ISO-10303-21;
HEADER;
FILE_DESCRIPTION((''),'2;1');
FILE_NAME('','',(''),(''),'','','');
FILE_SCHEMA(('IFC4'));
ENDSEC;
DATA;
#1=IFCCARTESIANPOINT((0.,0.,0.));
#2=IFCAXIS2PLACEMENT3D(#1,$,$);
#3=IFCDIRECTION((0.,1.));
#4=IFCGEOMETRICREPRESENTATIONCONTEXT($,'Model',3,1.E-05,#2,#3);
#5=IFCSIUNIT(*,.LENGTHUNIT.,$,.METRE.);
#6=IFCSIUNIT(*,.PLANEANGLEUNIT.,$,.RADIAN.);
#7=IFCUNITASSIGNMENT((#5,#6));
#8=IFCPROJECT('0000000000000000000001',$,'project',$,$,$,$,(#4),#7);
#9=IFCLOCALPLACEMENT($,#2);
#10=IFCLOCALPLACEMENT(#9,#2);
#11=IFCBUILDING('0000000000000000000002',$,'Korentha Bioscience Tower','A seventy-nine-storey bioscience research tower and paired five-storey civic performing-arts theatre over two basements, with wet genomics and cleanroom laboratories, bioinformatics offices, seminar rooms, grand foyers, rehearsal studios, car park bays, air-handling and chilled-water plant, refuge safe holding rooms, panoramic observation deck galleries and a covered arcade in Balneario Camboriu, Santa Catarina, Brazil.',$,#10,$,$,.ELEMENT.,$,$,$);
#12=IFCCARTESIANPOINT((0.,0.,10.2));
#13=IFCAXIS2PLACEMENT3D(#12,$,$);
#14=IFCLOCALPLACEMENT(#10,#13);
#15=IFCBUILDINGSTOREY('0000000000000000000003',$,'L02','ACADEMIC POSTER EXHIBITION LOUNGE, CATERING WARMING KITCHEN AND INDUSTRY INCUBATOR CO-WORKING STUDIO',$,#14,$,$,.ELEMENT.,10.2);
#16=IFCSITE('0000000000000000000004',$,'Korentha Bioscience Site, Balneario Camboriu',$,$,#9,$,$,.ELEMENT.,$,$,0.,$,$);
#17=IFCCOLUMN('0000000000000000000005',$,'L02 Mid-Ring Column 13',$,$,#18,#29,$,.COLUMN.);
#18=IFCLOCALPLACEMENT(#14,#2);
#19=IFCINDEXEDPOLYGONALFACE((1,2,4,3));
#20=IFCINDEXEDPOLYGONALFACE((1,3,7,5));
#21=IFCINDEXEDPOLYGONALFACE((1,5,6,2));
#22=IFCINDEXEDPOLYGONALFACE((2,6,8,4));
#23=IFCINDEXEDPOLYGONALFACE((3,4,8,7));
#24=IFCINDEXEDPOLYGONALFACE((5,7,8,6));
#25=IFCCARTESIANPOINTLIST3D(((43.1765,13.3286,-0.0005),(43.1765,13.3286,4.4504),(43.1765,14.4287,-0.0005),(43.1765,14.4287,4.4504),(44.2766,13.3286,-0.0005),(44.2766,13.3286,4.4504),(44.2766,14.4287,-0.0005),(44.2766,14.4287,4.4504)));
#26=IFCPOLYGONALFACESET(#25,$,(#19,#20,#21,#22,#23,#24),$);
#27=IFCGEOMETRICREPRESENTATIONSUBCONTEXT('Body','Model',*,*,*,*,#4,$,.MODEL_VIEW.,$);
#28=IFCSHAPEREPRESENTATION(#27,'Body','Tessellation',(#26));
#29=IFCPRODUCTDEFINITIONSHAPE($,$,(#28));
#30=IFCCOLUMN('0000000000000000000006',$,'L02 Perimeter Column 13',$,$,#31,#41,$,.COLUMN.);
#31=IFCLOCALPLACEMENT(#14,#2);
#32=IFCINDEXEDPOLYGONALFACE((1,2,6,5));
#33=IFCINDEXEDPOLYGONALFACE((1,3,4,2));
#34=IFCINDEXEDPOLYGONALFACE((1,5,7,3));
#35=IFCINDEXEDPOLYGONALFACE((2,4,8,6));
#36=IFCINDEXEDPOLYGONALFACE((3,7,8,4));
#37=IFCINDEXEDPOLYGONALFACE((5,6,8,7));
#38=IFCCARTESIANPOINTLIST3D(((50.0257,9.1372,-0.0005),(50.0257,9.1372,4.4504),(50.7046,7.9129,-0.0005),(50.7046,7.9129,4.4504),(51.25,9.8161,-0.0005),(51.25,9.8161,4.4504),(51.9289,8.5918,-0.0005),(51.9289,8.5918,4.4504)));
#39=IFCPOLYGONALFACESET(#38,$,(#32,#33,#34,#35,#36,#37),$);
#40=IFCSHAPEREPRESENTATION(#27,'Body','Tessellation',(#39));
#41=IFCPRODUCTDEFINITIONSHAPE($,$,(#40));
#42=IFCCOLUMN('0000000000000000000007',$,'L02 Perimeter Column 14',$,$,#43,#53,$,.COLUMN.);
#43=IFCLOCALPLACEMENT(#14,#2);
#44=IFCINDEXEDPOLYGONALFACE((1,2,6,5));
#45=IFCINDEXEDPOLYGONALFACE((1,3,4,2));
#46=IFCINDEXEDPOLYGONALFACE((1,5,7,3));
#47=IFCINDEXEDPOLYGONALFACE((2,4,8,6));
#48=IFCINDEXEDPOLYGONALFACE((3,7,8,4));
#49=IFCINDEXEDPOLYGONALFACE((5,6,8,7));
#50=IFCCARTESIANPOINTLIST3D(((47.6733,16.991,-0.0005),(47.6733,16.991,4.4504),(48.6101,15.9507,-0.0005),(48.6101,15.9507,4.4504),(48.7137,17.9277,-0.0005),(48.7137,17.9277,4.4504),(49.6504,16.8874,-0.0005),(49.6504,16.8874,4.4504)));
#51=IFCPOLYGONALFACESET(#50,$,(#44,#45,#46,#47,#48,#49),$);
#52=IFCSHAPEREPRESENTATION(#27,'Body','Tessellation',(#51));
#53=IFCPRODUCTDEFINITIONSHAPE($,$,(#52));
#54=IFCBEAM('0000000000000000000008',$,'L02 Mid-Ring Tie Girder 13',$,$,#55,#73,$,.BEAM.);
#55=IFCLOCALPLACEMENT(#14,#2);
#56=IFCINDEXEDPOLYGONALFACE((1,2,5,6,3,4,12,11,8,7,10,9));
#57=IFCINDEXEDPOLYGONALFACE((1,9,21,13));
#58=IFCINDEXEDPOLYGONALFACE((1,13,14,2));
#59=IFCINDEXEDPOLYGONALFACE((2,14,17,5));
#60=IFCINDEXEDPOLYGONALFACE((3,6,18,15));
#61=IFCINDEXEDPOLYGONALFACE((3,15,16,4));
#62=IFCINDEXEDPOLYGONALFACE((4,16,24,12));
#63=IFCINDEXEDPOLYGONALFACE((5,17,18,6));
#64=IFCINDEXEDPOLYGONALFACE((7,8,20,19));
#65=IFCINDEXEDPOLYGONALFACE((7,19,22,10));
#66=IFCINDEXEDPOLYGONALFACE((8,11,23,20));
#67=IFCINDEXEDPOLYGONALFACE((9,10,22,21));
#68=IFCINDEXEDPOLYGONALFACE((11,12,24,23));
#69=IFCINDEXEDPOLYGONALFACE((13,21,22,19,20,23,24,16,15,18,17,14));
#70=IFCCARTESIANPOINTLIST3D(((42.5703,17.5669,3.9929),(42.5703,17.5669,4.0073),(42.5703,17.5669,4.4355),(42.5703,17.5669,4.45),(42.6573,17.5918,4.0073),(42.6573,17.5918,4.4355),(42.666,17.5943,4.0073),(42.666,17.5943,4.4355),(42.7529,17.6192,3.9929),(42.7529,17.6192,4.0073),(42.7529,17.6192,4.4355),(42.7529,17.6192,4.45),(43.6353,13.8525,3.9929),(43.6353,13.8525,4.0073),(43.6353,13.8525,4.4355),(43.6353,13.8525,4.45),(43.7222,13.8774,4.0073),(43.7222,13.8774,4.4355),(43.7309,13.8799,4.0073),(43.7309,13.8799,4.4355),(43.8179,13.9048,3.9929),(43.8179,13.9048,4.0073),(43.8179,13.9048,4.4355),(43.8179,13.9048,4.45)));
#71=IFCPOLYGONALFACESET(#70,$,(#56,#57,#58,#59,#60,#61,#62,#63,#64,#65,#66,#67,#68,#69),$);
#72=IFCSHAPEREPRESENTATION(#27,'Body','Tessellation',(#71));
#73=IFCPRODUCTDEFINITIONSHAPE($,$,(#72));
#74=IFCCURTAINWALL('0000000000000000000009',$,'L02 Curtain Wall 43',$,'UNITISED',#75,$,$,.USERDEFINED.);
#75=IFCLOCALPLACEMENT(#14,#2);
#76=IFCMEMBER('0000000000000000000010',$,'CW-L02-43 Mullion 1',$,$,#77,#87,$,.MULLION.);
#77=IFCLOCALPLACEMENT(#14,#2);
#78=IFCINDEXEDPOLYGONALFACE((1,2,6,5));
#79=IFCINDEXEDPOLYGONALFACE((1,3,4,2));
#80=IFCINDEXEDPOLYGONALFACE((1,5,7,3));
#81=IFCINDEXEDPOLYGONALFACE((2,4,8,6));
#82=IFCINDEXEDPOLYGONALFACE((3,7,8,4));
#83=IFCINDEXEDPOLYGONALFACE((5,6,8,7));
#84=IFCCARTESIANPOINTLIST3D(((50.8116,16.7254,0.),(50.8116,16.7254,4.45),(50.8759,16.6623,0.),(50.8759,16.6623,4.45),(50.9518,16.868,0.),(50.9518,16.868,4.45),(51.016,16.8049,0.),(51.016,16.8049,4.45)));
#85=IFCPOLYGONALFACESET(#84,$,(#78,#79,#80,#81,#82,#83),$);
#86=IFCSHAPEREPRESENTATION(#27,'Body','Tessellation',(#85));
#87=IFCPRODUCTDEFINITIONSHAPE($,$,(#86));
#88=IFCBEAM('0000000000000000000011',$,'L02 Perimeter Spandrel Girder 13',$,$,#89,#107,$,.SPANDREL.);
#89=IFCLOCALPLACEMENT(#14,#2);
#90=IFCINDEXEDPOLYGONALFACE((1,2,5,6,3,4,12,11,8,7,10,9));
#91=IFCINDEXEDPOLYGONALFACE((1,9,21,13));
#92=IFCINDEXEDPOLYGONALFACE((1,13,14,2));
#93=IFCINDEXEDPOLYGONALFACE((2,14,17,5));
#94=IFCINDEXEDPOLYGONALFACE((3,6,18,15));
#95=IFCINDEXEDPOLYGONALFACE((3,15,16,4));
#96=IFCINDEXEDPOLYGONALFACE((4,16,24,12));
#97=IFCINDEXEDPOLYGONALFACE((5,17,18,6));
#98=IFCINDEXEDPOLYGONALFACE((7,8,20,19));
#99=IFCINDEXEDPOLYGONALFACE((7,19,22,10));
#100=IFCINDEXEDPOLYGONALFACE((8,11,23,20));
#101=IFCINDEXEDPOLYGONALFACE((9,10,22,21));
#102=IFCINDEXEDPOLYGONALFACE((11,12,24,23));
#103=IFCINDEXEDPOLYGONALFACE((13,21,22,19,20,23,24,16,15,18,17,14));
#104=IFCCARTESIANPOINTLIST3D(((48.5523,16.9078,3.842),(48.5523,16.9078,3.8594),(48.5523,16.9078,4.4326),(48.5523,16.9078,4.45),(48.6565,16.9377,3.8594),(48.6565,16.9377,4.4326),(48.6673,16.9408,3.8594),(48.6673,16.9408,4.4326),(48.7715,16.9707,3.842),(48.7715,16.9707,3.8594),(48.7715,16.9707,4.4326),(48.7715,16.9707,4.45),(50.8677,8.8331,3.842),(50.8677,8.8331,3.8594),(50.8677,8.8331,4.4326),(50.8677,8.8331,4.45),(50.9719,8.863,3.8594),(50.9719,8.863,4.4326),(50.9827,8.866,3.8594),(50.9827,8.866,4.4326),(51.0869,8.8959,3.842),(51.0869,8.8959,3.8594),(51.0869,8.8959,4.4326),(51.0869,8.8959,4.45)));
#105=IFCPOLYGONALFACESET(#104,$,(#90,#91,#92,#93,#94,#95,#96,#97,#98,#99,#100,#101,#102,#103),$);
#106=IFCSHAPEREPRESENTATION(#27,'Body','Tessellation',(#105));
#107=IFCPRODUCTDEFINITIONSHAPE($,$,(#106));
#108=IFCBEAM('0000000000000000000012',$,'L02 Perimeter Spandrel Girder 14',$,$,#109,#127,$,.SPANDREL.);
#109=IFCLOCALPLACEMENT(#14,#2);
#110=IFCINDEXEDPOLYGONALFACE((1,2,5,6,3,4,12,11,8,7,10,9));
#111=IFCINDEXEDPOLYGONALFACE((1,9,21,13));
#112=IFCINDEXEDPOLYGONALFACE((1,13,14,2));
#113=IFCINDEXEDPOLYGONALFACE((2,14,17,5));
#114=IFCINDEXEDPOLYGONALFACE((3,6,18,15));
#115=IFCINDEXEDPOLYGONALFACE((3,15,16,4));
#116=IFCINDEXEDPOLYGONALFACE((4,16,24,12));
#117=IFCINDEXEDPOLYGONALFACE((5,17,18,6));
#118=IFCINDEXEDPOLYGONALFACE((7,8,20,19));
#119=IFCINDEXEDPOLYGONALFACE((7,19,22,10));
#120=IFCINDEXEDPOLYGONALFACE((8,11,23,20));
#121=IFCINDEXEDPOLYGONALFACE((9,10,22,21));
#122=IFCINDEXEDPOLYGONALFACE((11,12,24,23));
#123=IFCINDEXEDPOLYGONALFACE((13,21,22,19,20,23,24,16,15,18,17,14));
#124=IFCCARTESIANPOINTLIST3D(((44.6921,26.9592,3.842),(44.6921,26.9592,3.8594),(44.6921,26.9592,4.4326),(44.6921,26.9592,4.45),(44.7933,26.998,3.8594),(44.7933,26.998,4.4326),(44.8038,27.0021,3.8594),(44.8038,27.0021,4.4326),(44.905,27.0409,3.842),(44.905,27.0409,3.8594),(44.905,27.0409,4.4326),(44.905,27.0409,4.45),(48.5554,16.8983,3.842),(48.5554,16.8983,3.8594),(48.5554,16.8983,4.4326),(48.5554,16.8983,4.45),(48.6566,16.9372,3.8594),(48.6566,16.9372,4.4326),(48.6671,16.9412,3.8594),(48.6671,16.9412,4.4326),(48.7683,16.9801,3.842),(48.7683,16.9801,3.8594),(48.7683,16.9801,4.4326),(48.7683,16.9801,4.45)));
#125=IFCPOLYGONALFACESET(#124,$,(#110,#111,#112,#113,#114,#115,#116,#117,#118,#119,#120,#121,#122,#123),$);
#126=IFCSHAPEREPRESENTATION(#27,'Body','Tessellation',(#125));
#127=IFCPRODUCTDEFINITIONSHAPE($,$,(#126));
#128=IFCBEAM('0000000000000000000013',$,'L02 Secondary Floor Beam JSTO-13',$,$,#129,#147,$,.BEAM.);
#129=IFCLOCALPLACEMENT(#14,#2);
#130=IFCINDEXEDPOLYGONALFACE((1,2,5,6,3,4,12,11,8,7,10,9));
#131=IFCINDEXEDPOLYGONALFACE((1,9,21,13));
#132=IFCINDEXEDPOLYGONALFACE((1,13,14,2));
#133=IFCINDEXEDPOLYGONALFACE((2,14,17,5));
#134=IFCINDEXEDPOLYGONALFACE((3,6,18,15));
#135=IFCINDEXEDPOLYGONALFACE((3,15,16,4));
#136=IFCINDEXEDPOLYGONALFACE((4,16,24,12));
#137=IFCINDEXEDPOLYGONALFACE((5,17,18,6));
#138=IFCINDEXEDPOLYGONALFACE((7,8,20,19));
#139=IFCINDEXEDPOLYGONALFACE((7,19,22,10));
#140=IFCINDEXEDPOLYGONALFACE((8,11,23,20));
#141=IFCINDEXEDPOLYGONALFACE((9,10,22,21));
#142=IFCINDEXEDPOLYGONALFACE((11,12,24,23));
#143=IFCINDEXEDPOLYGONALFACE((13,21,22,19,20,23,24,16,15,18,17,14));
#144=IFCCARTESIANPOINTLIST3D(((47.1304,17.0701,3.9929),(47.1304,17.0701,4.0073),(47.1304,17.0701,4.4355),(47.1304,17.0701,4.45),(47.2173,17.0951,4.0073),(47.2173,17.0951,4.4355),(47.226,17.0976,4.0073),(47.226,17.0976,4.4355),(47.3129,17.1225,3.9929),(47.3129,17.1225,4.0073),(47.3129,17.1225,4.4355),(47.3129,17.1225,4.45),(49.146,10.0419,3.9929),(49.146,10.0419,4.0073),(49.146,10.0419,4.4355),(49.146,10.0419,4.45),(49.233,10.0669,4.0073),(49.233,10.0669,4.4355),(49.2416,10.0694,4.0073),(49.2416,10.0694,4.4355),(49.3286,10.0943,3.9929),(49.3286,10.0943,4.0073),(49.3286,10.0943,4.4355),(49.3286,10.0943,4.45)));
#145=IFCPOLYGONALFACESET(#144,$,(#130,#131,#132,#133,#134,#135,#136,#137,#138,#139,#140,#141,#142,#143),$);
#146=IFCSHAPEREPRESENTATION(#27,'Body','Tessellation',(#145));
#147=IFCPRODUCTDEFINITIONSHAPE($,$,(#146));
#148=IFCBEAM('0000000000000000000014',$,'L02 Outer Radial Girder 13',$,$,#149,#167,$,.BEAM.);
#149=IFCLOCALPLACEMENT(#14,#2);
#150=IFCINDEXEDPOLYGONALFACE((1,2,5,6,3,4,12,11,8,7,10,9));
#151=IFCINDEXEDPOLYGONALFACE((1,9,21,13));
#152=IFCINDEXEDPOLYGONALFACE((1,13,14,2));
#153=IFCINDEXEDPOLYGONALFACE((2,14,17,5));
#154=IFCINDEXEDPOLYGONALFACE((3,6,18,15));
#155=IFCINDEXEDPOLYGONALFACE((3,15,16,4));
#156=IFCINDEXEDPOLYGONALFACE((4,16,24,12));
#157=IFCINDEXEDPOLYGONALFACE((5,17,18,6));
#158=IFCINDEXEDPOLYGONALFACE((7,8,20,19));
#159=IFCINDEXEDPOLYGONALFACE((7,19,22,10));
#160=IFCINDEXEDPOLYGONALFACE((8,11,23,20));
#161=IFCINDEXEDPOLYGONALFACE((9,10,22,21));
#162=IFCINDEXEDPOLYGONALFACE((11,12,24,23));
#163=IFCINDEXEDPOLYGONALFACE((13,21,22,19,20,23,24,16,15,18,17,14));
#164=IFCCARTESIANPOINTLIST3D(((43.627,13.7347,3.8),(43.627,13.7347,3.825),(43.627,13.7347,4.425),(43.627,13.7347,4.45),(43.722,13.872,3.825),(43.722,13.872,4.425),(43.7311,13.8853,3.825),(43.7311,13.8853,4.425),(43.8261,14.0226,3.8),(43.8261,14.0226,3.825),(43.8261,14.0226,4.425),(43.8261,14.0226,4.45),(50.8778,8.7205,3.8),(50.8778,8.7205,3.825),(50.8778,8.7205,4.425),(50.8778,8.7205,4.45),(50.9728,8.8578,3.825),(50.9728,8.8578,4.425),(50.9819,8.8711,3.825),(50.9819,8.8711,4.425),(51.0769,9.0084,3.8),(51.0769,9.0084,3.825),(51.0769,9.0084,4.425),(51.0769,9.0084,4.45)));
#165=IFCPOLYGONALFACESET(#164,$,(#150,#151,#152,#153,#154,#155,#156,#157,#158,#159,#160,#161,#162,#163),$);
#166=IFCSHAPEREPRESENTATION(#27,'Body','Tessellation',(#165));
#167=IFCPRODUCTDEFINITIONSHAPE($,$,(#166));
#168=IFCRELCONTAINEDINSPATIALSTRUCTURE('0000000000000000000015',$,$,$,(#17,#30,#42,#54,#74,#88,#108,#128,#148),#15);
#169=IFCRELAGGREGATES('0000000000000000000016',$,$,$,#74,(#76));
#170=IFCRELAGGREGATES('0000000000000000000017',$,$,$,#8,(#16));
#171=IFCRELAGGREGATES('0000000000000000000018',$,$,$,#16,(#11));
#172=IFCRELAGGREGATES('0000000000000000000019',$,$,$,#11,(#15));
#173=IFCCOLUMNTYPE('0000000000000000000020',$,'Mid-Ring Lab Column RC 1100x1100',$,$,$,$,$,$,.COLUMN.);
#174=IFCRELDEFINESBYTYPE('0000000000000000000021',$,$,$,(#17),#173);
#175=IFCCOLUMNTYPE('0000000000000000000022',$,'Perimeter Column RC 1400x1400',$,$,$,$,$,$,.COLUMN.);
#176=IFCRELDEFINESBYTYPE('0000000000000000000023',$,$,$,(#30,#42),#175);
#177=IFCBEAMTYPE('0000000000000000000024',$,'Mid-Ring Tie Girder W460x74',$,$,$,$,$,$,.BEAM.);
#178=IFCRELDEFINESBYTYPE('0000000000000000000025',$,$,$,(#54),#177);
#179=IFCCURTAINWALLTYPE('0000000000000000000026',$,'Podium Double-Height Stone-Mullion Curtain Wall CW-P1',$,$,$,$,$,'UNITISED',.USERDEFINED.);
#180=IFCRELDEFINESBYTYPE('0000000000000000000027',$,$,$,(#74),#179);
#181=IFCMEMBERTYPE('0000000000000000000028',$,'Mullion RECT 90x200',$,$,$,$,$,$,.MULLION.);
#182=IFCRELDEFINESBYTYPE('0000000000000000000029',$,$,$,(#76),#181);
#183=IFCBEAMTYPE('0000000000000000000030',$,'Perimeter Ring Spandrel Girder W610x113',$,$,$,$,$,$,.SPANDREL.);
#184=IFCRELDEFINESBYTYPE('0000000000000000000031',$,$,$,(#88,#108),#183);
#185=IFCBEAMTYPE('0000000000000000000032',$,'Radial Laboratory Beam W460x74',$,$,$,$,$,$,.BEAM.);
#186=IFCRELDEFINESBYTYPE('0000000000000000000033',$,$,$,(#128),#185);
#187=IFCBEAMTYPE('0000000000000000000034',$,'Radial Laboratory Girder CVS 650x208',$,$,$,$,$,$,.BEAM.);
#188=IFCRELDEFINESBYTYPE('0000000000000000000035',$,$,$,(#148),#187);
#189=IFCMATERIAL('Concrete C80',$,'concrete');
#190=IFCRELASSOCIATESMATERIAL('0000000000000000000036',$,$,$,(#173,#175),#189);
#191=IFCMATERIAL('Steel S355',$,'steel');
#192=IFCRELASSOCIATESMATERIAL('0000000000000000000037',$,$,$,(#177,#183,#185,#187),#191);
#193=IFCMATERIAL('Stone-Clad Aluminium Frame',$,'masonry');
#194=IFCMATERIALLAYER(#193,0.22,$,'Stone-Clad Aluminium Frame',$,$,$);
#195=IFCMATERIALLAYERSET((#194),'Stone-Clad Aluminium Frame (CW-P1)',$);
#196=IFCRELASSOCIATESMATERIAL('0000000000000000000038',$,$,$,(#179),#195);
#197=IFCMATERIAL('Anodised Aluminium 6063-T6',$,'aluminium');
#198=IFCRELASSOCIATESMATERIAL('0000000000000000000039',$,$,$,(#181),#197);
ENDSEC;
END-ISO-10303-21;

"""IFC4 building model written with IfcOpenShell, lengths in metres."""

from ifc_helpers import new_model, si_unit, direction, frame, origin, origin_2d, place, context, subcontext, project, spatial, rectangle, i_section, extrude, material, layer, layer_set, material_profile, profile_set, type_object, element, aggregate, save


model = new_model("IFC4")

# Units and contexts
model_context = context("Model", 3, precision=1e-05, world=origin(), true_north=direction((0.0, 1.0)))
body_context = subcontext(model_context, "Body", "Model", "MODEL_VIEW")
ifc_project = project(units=[si_unit("LENGTHUNIT", "METRE"), si_unit("PLANEANGLEUNIT", "RADIAN")], contexts=[model_context])

# Site, building, storey
site_placement = place(None, origin())
site = spatial("IfcSite", under=ifc_project, at=site_placement, Name="Korentha Bioscience Site, Balneario Camboriu", CompositionType="ELEMENT", RefElevation=0.0)
building_placement = place(site_placement, origin())
building = spatial("IfcBuilding", under=site, at=building_placement, Name="Korentha Bioscience Tower", Description="A seventy-nine-storey bioscience research tower and paired five-storey civic performing-arts theatre over two basements, with wet genomics and cleanroom laboratories, bioinformatics offices, seminar rooms, grand foyers, rehearsal studios, car park bays, air-handling and chilled-water plant, refuge safe holding rooms, panoramic observation deck galleries and a covered arcade in Balneario Camboriu, Santa Catarina, Brazil.", CompositionType="ELEMENT")
storey_placement = place(building_placement, frame((0.0, 0.0, 10.2)))
storey = spatial("IfcBuildingStorey", under=building, at=storey_placement, Name="L02", Description="ACADEMIC POSTER EXHIBITION LOUNGE, CATERING WARMING KITCHEN AND INDUSTRY INCUBATOR CO-WORKING STUDIO", CompositionType="ELEMENT", Elevation=10.2)

# Columns
ifc_material_1 = material(Name="Concrete C80", Category="concrete")
ifc_material_profile_1 = material_profile(ifc_material_1, rectangle(XDim=1.1001, YDim=1.1001, at=origin_2d()), Name="Concrete C80")
ifc_profile_set_1 = profile_set([ifc_material_profile_1], Name="Concrete C80 (COL-MR11)")
column_type_1 = type_object("IfcColumnType", Name="Mid-Ring Lab Column RC 1100x1100", PredefinedType="COLUMN", material=ifc_profile_set_1)
column_placement = place(storey_placement, frame((43.7266, 13.8787, -0.0005), z_axis=(0.0, 0.0, 1.0), x_axis=(1.0, 0.0, 0.0)))
element("IfcColumn", 1, at=column_placement, inside=storey, type_object=column_type_1, Name="L02 Mid-Ring Column 13", PredefinedType="COLUMN", context=body_context, shape_type="SweptSolid", body=[
    extrude(rectangle(XDim=1.1001, YDim=1.1001, at=origin_2d()), origin(), (0.0, 0.0, 1.0), 4.4509),
])
ifc_material_profile_2 = material_profile(ifc_material_1, rectangle(XDim=1.3999, YDim=1.3999, at=origin_2d()), Name="Concrete C80")
ifc_profile_set_2 = profile_set([ifc_material_profile_2], Name="Concrete C80 (COL-P14)")
column_type_2 = type_object("IfcColumnType", Name="Perimeter Column RC 1400x1400", PredefinedType="COLUMN", material=ifc_profile_set_2)
for number, where, z_axis, x_axis, name in (
    (2, (50.9773, 8.8645, -0.0005), (0.0, 0.0, 1.0), (0.874535, 0.484962, 0.0), "L02 Perimeter Column 13"),
    (3, (48.6619, 16.9392, -0.0005), (0.0, 0.0, 1.0), (-0.669131, 0.743145, 0.0), "L02 Perimeter Column 14"),
):
    element("IfcColumn", number, at=place(storey_placement, frame(where, z_axis=z_axis, x_axis=x_axis)), inside=storey, type_object=column_type_2, Name=name, PredefinedType="COLUMN", context=body_context, shape_type="SweptSolid", body=[
        extrude(rectangle(XDim=1.3999, YDim=1.3999, at=origin_2d()), origin(), (0.0, 0.0, 1.0), 4.4509),
    ])

# Beam
ifc_material_2 = material(Name="Steel S355", Category="steel")
ifc_material_profile_3 = material_profile(ifc_material_2, i_section(OverallWidth=0.1899, OverallDepth=0.457, WebThickness=0.009, FlangeThickness=0.0144, at=origin_2d()), Name="Steel S355")
ifc_profile_set_3 = profile_set([ifc_material_profile_3], Name="Steel S355 (MB-460)")
beam_type_1 = type_object("IfcBeamType", Name="Mid-Ring Tie Girder W460x74", PredefinedType="BEAM", material=ifc_profile_set_3)
beam_1_placement = place(storey_placement, frame((43.7266, 13.8787, 4.2214), z_axis=(-0.275606, 0.961271, 0.0), x_axis=(-0.961271, -0.275606, 0.0)))
element("IfcBeam", 4, at=beam_1_placement, inside=storey, type_object=beam_type_1, Name="L02 Mid-Ring Tie Girder 13", PredefinedType="BEAM", context=body_context, shape_type="SweptSolid", body=[
    extrude(i_section(OverallWidth=0.1899, OverallDepth=0.457, WebThickness=0.009, FlangeThickness=0.0144, at=origin_2d()), origin(), (0.0, 0.0, 1.0), 3.864),
])

# Curtain wall, member
ifc_material_3 = material(Name="Stone-Clad Aluminium Frame", Category="masonry")
ifc_layer_1 = layer(ifc_material_3, 0.22, Name="Stone-Clad Aluminium Frame")
ifc_layer_set_1 = layer_set([ifc_layer_1], Name="Stone-Clad Aluminium Frame (CW-P1)")
curtain_wall_type = type_object("IfcCurtainWallType", Name="Podium Double-Height Stone-Mullion Curtain Wall CW-P1", ElementType="UNITISED", PredefinedType="USERDEFINED", material=ifc_layer_set_1)
curtain_wall_placement = place(storey_placement, origin())
curtain_wall = element("IfcCurtainWall", 5, at=curtain_wall_placement, inside=storey, type_object=curtain_wall_type, Name="L02 Curtain Wall 43", ObjectType="UNITISED", PredefinedType="USERDEFINED")
ifc_material_4 = material(Name="Anodised Aluminium 6063-T6", Category="aluminium")
ifc_material_profile_4 = material_profile(ifc_material_4, rectangle(XDim=0.0901, YDim=0.2, at=origin_2d()), Name="Anodised Aluminium 6063-T6")
ifc_profile_set_4 = profile_set([ifc_material_profile_4], Name="Anodised Aluminium 6063-T6 (CW-MUL)")
member_type_1 = type_object("IfcMemberType", Name="Mullion RECT 90x200", PredefinedType="MULLION", material=ifc_profile_set_4)
member_1_placement = place(storey_placement, frame((50.9138, 16.7651, 0.0), z_axis=(0.0, 0.0, 1.0), x_axis=(-0.713279, 0.70088, 0.0)))
member_1 = element("IfcMember", 6, at=member_1_placement, type_object=member_type_1, Name="CW-L02-43 Mullion 1", PredefinedType="MULLION", context=body_context, shape_type="SweptSolid", body=[
    extrude(rectangle(XDim=0.0901, YDim=0.2, at=origin_2d()), origin(), (0.0, 0.0, 1.0), 4.45),
])

# Beams
ifc_material_profile_5 = material_profile(ifc_material_2, i_section(OverallWidth=0.228, OverallDepth=0.6079, WebThickness=0.0112, FlangeThickness=0.0173, at=origin_2d()), Name="Steel S355")
ifc_profile_set_5 = profile_set([ifc_material_profile_5], Name="Steel S355 (SB-610)")
beam_type_2 = type_object("IfcBeamType", Name="Perimeter Ring Spandrel Girder W610x113", PredefinedType="SPANDREL", material=ifc_profile_set_5)
beam_2_placement = place(storey_placement, frame((50.9773, 8.8645, 4.146), z_axis=(-0.275642, 0.96126, 0.0), x_axis=(-0.96126, -0.275642, 0.0)))
element("IfcBeam", 7, at=beam_2_placement, inside=storey, type_object=beam_type_2, Name="L02 Perimeter Spandrel Girder 13", PredefinedType="SPANDREL", context=body_context, shape_type="SweptSolid", body=[
    extrude(i_section(OverallWidth=0.228, OverallDepth=0.6079, WebThickness=0.0112, FlangeThickness=0.0173, at=origin_2d()), origin(), (0.0, 0.0, 1.0), 8.4001),
])
beam_3_placement = place(storey_placement, frame((48.6619, 16.9392, 4.146), z_axis=(-0.358474, 0.93354, 0.0), x_axis=(-0.93354, -0.358474, 0.0)))
element("IfcBeam", 8, at=beam_3_placement, inside=storey, type_object=beam_type_2, Name="L02 Perimeter Spandrel Girder 14", PredefinedType="SPANDREL", context=body_context, shape_type="SweptSolid", body=[
    extrude(i_section(OverallWidth=0.228, OverallDepth=0.6079, WebThickness=0.0112, FlangeThickness=0.0173, at=origin_2d()), origin(), (0.0, 0.0, 1.0), 10.7771),
])
ifc_material_profile_6 = material_profile(ifc_material_2, i_section(OverallWidth=0.1899, OverallDepth=0.457, WebThickness=0.009, FlangeThickness=0.0144, at=origin_2d()), Name="Steel S355")
ifc_profile_set_6 = profile_set([ifc_material_profile_6], Name="Steel S355 (RB-460)")
beam_type_3 = type_object("IfcBeamType", Name="Radial Laboratory Beam W460x74", PredefinedType="BEAM", material=ifc_profile_set_6)
beam_4_placement = place(storey_placement, frame((49.2373, 10.0681, 4.2214), z_axis=(-0.275682, 0.961249, 0.0), x_axis=(-0.961249, -0.275682, 0.0)))
element("IfcBeam", 9, at=beam_4_placement, inside=storey, type_object=beam_type_3, Name="L02 Secondary Floor Beam JSTO-13", PredefinedType="BEAM", context=body_context, shape_type="SweptSolid", body=[
    extrude(i_section(OverallWidth=0.1899, OverallDepth=0.457, WebThickness=0.009, FlangeThickness=0.0144, at=origin_2d()), origin(), (0.0, 0.0, 1.0), 7.3115),
])
ifc_material_profile_7 = material_profile(ifc_material_2, i_section(OverallWidth=0.3501, OverallDepth=0.6499, WebThickness=0.0161, FlangeThickness=0.0249, at=origin_2d()), Name="Steel S355")
ifc_profile_set_7 = profile_set([ifc_material_profile_7], Name="Steel S355 (RB-650)")
beam_type_4 = type_object("IfcBeamType", Name="Radial Laboratory Girder CVS 650x208", PredefinedType="BEAM", material=ifc_profile_set_7)
beam_5_placement = place(storey_placement, frame((43.7266, 13.8787, 4.125), z_axis=(0.822488, -0.568782, 0.0), x_axis=(0.568782, 0.822488, 0.0)))
element("IfcBeam", 10, at=beam_5_placement, inside=storey, type_object=beam_type_4, Name="L02 Outer Radial Girder 13", PredefinedType="BEAM", context=body_context, shape_type="SweptSolid", body=[
    extrude(i_section(OverallWidth=0.3501, OverallDepth=0.6499, WebThickness=0.0161, FlangeThickness=0.0249, at=origin_2d()), origin(), (0.0, 0.0, 1.0), 8.8157),
])

aggregate(curtain_wall, [member_1])

save(model, "model.ifc")
